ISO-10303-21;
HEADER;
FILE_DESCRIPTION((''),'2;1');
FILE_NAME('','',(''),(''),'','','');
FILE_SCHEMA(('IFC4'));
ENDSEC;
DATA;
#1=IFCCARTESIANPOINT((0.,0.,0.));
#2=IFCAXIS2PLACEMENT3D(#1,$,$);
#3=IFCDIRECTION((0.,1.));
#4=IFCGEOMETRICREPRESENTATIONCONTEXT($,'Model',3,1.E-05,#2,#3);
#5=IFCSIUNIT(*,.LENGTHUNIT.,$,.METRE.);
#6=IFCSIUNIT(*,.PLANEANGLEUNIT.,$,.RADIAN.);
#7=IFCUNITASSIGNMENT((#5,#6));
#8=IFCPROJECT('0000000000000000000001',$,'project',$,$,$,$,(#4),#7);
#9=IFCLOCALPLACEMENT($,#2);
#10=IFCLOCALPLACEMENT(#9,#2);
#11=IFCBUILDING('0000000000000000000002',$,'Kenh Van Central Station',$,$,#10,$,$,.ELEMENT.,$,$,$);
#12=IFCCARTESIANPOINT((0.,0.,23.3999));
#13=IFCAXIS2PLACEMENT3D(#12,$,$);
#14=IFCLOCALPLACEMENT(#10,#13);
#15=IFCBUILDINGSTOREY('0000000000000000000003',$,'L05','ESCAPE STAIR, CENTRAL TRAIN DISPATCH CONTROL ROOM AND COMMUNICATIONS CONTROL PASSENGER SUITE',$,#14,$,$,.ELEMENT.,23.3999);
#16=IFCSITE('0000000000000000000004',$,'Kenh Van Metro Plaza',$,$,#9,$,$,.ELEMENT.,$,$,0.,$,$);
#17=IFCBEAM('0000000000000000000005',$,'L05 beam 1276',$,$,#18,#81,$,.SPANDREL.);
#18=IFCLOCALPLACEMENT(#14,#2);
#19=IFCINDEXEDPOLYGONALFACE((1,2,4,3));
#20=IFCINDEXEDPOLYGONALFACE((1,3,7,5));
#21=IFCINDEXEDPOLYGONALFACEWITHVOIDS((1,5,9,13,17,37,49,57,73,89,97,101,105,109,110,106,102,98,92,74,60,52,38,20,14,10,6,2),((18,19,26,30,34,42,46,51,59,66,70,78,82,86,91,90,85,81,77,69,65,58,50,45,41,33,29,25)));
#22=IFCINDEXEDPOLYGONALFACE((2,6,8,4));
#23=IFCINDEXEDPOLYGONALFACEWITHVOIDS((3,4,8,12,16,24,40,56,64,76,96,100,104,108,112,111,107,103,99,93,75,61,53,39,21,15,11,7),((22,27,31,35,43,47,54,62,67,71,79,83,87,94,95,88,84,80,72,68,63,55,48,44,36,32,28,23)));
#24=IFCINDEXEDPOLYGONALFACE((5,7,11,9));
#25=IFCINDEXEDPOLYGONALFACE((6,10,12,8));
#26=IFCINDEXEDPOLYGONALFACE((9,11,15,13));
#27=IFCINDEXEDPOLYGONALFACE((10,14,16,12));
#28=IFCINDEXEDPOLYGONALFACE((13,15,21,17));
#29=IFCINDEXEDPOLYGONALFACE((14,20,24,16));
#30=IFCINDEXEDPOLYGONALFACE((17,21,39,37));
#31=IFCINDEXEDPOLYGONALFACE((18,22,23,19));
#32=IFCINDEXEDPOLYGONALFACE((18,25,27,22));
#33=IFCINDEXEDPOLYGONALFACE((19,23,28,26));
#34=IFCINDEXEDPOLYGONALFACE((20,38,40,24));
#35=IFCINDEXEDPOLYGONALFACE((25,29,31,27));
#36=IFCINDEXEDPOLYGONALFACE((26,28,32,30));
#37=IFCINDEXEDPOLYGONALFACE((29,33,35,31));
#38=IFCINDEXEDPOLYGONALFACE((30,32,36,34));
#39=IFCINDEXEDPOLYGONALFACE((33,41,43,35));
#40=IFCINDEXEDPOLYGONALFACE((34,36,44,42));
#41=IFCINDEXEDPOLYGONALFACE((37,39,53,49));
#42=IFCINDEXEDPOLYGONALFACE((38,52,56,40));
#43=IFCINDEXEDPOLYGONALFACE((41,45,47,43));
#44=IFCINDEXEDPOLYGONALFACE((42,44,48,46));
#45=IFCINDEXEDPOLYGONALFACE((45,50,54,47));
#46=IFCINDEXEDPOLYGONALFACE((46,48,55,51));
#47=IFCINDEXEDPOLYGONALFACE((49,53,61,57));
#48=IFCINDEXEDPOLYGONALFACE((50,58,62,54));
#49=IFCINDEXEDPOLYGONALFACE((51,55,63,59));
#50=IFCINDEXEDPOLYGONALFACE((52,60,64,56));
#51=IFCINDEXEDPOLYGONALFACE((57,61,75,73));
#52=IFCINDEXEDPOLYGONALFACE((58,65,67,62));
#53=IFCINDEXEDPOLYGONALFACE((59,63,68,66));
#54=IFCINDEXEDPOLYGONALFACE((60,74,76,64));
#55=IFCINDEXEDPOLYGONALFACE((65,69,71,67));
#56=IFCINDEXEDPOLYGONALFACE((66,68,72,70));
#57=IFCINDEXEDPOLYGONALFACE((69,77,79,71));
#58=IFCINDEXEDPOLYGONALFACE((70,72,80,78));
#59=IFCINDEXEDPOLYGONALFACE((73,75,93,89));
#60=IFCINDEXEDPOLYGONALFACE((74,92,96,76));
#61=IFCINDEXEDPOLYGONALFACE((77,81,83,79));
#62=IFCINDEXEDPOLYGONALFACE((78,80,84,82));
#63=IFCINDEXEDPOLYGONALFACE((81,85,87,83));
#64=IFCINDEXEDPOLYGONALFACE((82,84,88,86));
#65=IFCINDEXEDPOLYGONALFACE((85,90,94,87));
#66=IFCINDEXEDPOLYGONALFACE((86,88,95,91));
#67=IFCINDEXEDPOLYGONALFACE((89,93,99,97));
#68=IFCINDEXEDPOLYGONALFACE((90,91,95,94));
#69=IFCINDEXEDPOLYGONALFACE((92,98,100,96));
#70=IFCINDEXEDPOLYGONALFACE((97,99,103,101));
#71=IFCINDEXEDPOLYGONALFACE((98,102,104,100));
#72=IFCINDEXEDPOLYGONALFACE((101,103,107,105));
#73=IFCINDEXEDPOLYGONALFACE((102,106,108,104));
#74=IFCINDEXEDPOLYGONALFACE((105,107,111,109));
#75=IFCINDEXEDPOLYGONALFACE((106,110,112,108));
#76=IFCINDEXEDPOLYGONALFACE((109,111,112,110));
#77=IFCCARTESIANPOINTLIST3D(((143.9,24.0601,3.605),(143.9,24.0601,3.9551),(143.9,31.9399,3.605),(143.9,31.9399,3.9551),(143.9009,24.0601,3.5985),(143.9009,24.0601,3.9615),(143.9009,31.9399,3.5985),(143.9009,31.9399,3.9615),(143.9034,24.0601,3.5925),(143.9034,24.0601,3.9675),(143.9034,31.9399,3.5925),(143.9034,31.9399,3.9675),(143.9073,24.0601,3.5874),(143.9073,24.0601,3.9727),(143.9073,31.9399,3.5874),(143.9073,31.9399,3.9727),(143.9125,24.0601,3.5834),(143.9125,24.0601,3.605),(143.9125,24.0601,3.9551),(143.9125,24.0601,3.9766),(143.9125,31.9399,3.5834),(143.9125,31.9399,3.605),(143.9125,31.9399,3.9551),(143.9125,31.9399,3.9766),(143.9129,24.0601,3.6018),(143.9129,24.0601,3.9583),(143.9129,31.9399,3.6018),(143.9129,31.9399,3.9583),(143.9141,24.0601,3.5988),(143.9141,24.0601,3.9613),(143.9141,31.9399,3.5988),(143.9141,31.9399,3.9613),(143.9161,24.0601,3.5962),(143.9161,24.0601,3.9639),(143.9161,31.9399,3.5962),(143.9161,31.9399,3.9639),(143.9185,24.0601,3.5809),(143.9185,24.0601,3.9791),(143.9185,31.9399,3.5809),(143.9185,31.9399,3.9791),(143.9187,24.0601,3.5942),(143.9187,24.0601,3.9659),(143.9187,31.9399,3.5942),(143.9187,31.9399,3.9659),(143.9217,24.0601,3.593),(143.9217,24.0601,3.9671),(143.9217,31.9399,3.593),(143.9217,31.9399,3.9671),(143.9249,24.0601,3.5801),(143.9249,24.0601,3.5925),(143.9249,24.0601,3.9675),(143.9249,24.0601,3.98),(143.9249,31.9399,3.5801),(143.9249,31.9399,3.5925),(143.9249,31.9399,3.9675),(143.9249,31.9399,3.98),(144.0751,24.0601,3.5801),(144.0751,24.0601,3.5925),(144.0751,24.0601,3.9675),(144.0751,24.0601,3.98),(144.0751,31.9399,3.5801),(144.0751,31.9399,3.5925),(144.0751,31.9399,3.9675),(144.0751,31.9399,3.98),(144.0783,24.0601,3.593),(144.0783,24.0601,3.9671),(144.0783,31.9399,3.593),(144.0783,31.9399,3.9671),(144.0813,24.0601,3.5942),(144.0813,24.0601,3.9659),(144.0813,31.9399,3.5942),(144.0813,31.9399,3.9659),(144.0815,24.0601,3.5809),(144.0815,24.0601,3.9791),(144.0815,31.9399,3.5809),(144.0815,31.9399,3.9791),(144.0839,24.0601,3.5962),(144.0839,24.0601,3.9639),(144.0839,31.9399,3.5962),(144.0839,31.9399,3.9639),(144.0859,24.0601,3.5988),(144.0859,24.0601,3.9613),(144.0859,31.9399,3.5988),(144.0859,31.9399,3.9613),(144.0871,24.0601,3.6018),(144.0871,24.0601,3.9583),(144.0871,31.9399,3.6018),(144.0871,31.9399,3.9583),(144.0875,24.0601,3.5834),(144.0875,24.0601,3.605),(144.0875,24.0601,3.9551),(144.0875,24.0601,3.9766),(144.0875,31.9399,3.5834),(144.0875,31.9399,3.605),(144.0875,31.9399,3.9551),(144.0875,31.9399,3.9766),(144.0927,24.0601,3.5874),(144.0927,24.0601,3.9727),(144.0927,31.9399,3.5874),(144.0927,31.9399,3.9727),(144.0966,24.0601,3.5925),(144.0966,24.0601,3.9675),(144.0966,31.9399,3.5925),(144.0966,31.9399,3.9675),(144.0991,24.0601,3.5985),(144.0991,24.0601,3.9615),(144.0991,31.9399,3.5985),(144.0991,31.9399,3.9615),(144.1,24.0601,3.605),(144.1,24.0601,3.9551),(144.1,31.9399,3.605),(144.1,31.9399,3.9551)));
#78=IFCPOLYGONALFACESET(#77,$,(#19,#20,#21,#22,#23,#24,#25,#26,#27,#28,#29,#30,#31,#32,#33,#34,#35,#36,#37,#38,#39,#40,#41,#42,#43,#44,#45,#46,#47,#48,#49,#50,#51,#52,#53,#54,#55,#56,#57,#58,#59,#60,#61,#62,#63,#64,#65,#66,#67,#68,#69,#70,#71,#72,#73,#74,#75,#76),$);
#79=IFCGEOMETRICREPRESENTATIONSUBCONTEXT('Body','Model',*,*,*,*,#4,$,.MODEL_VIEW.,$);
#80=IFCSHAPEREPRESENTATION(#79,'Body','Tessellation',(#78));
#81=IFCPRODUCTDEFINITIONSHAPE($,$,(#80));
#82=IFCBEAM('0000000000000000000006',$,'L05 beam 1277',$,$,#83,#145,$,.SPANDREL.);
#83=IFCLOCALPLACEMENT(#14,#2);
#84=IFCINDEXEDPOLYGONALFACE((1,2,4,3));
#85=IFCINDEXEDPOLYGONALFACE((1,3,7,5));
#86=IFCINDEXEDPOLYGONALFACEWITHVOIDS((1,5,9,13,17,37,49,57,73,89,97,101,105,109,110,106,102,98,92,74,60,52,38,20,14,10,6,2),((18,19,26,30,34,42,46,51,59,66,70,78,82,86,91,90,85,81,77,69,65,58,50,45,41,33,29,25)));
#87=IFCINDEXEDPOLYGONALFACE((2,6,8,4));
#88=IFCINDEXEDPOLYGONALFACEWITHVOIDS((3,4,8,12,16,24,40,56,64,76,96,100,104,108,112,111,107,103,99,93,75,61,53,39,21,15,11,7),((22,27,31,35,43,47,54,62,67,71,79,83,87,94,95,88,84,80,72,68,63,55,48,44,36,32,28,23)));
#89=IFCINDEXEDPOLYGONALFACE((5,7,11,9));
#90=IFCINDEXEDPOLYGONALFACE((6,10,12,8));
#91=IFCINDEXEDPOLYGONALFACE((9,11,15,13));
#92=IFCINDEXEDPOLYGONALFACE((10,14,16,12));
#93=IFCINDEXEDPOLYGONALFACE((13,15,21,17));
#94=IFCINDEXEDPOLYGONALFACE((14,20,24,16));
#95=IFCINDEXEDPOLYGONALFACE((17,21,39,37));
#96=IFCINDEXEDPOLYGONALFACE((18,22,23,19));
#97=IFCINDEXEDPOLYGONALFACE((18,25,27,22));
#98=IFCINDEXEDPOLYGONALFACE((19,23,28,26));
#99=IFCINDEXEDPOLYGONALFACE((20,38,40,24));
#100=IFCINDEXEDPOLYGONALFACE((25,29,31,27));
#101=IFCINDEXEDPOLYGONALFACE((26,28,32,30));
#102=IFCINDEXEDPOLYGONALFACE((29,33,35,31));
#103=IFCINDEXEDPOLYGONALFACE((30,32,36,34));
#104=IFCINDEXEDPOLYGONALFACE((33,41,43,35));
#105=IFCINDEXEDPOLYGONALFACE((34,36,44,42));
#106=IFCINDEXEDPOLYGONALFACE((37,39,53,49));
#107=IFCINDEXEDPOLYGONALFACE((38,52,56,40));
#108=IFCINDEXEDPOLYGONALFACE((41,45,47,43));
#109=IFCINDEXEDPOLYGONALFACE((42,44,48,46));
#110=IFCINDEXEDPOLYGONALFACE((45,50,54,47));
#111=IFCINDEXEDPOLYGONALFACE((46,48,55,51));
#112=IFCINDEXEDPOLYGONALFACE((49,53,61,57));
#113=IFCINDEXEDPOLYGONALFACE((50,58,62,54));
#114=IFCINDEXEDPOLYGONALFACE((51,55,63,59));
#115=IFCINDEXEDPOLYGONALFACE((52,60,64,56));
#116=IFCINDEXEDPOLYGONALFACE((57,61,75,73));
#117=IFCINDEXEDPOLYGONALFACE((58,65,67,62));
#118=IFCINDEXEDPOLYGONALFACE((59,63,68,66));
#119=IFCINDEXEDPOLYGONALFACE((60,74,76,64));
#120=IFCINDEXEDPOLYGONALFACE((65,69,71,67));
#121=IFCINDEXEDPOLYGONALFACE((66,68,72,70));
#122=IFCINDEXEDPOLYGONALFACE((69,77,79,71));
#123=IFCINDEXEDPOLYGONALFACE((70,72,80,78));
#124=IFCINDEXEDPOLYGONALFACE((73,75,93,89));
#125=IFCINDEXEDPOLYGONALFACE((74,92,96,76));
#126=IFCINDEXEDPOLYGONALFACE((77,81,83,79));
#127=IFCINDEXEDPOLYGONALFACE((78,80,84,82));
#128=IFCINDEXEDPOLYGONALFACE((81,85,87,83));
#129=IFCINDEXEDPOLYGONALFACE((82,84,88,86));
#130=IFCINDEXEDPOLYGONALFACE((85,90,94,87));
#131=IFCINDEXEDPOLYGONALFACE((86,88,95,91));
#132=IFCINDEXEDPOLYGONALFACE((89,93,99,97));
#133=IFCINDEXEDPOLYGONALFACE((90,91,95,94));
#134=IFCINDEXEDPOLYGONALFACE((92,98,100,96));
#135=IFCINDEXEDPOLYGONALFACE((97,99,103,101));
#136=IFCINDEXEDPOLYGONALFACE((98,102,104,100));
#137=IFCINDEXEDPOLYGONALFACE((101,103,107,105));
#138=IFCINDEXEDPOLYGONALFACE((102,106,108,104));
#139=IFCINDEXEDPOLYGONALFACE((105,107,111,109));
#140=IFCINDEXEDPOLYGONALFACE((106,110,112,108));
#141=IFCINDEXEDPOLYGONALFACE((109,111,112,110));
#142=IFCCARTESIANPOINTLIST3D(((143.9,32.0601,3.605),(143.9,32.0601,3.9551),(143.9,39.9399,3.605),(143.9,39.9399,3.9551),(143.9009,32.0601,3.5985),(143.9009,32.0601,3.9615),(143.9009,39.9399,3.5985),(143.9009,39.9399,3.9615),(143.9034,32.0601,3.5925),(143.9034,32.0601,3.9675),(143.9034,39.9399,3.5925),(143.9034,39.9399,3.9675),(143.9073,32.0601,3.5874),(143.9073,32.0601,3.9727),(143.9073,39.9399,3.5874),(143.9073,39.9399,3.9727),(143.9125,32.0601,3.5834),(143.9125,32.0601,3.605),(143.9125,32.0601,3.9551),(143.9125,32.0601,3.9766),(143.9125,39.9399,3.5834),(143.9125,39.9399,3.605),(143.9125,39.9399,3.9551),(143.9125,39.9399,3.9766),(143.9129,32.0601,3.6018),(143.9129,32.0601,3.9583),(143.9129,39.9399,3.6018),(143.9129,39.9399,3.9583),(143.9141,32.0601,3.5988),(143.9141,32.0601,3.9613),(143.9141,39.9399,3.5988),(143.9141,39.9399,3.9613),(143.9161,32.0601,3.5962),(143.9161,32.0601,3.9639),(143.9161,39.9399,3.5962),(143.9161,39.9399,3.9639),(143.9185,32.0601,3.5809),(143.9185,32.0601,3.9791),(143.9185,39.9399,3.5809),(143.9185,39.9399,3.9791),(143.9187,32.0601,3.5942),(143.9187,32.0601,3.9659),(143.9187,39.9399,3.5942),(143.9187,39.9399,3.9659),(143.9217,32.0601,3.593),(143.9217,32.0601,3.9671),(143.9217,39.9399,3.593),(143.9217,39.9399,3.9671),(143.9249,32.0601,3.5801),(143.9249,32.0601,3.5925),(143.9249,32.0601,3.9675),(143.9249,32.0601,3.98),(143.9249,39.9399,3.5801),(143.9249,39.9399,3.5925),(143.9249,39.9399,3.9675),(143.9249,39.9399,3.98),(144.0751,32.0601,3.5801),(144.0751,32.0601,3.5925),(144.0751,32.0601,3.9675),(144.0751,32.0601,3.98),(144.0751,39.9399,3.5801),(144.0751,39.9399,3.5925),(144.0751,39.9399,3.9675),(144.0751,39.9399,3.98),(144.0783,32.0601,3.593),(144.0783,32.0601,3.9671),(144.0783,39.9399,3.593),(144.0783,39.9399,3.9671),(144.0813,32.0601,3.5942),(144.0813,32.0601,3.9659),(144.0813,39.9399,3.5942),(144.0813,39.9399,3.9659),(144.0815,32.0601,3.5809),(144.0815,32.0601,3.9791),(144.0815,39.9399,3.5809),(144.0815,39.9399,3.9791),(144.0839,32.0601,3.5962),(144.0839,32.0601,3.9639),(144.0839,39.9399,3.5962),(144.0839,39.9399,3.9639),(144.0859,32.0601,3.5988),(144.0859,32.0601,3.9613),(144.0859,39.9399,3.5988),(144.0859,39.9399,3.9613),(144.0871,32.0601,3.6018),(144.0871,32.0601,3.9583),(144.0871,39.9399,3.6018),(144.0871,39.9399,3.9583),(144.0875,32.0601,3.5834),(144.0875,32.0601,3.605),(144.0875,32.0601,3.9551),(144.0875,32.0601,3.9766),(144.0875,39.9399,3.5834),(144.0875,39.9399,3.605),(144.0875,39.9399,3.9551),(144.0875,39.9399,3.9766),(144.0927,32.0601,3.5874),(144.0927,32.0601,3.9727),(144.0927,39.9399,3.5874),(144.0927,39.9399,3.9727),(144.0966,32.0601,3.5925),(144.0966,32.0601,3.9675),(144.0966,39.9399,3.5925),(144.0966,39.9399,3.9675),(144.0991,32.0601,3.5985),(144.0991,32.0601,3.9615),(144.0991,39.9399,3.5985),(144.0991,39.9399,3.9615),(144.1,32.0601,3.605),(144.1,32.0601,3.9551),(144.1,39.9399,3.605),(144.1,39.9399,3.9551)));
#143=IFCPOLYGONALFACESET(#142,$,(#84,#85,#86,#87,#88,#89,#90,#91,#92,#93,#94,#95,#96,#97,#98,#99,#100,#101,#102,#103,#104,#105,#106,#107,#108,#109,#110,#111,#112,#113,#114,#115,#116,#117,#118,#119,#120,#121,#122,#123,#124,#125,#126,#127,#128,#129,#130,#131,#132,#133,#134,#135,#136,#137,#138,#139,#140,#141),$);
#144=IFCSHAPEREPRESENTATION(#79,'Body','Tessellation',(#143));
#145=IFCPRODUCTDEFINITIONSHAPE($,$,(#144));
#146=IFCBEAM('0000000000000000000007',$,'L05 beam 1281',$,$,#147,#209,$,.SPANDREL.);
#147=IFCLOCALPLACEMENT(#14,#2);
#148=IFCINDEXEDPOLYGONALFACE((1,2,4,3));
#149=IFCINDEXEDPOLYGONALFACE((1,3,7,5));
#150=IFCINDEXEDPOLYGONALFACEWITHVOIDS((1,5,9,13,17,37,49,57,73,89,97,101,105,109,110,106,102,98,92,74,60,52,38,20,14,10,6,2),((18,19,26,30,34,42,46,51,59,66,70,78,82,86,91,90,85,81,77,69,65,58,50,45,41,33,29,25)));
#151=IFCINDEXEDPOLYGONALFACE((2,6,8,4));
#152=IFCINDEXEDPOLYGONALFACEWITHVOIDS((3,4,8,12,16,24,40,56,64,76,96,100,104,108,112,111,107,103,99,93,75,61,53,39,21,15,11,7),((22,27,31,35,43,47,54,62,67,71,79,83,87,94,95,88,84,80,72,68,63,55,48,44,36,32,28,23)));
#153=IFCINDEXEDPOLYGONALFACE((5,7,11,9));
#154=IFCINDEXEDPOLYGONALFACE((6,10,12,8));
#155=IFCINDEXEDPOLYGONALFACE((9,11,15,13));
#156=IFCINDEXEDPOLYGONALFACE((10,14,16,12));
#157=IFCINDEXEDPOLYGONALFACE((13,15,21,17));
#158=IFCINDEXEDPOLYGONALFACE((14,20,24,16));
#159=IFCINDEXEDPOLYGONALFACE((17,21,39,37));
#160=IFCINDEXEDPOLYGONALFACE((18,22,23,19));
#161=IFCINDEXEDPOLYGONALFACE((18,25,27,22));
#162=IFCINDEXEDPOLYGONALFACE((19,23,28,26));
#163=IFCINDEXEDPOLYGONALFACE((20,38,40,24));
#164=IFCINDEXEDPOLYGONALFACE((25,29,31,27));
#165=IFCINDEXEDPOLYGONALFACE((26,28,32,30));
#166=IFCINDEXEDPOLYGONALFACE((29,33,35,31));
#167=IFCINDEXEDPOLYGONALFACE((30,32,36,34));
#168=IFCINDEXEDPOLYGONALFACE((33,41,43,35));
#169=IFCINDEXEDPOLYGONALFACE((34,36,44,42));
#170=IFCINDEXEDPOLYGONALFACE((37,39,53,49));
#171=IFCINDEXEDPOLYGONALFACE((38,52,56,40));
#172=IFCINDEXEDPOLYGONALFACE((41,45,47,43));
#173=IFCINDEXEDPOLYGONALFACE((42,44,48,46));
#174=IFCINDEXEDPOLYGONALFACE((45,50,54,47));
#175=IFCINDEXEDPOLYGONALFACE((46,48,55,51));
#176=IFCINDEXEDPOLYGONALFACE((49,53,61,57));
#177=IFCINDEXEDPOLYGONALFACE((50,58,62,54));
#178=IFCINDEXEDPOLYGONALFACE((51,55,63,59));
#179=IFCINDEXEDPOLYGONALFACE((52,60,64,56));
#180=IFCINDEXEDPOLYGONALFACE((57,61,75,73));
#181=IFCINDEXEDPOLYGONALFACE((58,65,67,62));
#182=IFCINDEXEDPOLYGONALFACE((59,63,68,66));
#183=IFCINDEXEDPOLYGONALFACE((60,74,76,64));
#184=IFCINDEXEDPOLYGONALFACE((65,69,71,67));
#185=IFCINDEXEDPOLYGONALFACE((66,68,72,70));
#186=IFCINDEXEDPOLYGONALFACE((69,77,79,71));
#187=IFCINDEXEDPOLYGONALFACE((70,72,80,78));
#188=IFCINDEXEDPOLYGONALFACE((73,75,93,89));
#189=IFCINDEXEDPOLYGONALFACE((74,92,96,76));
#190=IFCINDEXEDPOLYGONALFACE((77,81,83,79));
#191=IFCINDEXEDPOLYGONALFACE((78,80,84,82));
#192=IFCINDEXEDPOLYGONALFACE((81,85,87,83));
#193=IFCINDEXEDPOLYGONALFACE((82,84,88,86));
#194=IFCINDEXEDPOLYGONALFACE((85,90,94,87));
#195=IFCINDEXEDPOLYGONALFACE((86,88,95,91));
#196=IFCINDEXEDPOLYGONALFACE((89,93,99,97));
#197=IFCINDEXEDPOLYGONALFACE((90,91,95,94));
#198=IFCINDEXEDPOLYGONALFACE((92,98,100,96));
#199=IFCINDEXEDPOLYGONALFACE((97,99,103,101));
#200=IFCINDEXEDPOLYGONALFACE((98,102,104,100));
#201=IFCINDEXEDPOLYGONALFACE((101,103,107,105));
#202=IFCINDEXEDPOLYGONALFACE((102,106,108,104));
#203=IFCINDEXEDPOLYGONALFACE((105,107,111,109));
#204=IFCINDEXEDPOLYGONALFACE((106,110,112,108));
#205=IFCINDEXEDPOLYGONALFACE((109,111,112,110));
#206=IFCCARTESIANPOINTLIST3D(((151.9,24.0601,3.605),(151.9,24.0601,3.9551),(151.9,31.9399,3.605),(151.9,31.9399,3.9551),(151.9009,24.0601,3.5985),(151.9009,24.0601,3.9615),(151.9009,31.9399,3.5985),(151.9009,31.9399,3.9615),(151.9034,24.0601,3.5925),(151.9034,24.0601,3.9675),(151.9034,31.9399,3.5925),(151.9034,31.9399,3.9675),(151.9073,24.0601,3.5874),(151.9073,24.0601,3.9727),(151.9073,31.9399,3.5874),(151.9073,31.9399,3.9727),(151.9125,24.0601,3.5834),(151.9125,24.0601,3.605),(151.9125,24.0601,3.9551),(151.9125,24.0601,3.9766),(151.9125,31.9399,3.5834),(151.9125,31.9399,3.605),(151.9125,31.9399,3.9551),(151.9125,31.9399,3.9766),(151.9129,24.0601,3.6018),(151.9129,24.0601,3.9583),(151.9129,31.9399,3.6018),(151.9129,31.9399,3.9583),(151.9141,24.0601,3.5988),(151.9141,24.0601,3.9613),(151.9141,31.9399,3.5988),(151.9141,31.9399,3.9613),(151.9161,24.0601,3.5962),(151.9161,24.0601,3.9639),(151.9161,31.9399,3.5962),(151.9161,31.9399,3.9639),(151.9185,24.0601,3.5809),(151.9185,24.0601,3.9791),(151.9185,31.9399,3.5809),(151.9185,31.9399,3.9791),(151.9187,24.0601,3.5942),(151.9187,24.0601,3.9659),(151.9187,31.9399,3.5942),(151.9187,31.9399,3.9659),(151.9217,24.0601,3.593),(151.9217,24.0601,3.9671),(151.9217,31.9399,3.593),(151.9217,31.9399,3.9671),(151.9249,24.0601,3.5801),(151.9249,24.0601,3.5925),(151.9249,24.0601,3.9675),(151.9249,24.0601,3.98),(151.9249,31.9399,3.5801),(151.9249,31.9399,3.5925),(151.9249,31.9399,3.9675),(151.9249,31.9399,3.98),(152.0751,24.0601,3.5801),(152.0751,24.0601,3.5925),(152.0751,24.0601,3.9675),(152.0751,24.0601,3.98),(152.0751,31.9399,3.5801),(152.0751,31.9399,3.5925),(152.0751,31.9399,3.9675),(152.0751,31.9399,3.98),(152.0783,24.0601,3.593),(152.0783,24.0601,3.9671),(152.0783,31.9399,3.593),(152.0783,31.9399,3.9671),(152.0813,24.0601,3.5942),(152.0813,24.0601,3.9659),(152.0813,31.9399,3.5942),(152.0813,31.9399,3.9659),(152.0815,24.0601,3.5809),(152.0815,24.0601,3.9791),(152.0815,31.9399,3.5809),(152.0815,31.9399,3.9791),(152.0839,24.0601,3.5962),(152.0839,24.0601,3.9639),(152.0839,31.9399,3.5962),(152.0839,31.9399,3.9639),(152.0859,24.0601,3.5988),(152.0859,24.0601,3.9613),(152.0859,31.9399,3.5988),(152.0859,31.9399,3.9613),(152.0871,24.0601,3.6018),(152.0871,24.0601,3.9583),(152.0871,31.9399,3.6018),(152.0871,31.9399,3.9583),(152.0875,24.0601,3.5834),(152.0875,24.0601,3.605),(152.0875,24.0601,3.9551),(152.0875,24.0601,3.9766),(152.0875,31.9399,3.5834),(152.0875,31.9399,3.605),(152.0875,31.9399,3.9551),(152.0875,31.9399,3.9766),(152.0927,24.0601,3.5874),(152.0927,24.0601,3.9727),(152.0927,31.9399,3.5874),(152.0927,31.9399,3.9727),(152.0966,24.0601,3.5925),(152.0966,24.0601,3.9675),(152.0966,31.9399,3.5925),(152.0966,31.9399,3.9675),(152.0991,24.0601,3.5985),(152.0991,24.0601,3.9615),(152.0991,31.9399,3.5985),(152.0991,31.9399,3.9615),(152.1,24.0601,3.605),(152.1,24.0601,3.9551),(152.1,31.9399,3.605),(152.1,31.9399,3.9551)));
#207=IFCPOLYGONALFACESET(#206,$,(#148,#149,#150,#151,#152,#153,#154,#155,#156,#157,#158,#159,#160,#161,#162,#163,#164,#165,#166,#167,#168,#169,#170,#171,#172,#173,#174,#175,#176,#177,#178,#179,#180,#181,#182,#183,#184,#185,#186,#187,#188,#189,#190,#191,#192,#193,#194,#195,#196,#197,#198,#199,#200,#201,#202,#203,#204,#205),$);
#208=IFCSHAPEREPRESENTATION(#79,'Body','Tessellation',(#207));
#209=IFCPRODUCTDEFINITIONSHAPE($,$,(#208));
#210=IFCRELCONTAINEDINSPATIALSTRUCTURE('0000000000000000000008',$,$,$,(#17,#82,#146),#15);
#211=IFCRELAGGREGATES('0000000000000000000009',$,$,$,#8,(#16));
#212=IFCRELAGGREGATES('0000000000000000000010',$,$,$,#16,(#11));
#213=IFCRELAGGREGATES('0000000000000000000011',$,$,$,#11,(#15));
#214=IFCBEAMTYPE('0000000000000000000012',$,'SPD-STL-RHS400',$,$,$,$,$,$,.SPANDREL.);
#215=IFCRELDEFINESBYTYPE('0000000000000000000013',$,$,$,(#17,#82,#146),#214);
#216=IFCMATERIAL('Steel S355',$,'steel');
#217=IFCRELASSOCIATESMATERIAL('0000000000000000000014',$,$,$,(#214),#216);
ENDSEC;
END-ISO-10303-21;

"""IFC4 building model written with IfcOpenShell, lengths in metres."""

from ifc_helpers import new_model, si_unit, direction, frame, origin, origin_2d, place, context, subcontext, project, spatial, hollow_rectangle, extrude, material, material_profile, profile_set, type_object, element, save


model = new_model("IFC4")

# Units and contexts
model_context = context("Model", 3, precision=1e-05, world=origin(), true_north=direction((0.0, 1.0)))
body_context = subcontext(model_context, "Body", "Model", "MODEL_VIEW")
ifc_project = project(units=[si_unit("LENGTHUNIT", "METRE"), si_unit("PLANEANGLEUNIT", "RADIAN")], contexts=[model_context])

# Site, building, storey
site_placement = place(None, origin())
site = spatial("IfcSite", under=ifc_project, at=site_placement, Name="Kenh Van Metro Plaza", CompositionType="ELEMENT", RefElevation=0.0)
building_placement = place(site_placement, origin())
building = spatial("IfcBuilding", under=site, at=building_placement, Name="Kenh Van Central Station", CompositionType="ELEMENT")
storey_placement = place(building_placement, frame((0.0, 0.0, 23.3999)))
storey = spatial("IfcBuildingStorey", under=building, at=storey_placement, Name="L05", Description="ESCAPE STAIR, CENTRAL TRAIN DISPATCH CONTROL ROOM AND COMMUNICATIONS CONTROL PASSENGER SUITE", CompositionType="ELEMENT", Elevation=23.3999)

# Shared definitions
ifc_material_1 = material(Name="Steel S355", Category="steel")

# Beams
ifc_material_profile_1 = material_profile(ifc_material_1, hollow_rectangle(XDim=0.2, YDim=0.3999, WallThickness=0.0125, InnerFilletRadius=0.0125, OuterFilletRadius=0.0249, at=origin_2d()), Name="RHS 400x200x12.5")
ifc_profile_set_1 = profile_set([ifc_material_profile_1], Name="Steel S355")
beam_type = type_object("IfcBeamType", Name="SPD-STL-RHS400", PredefinedType="SPANDREL", material=ifc_profile_set_1)
for number, where, z_axis, x_axis, name in (
    (1, (144.0, 24.0601, 3.78), (0.0, 1.0, 0.0), (-1.0, 0.0, 0.0), "L05 beam 1276"),
    (2, (144.0, 32.0601, 3.78), (0.0, 1.0, 0.0), (-1.0, 0.0, 0.0), "L05 beam 1277"),
    (3, (152.0, 24.0601, 3.78), (0.0, 1.0, 0.0), (-1.0, 0.0, 0.0), "L05 beam 1281"),
):
    element("IfcBeam", number, at=place(storey_placement, frame(where, z_axis=z_axis, x_axis=x_axis)), inside=storey, type_object=beam_type, Name=name, PredefinedType="SPANDREL", context=body_context, shape_type="SweptSolid", body=[
        extrude(hollow_rectangle(XDim=0.2, YDim=0.3999, WallThickness=0.0125, InnerFilletRadius=0.0125, OuterFilletRadius=0.0249, at=origin_2d()), origin(), (0.0, 0.0, 1.0), 7.8799),
    ])

save(model, "model.ifc")
